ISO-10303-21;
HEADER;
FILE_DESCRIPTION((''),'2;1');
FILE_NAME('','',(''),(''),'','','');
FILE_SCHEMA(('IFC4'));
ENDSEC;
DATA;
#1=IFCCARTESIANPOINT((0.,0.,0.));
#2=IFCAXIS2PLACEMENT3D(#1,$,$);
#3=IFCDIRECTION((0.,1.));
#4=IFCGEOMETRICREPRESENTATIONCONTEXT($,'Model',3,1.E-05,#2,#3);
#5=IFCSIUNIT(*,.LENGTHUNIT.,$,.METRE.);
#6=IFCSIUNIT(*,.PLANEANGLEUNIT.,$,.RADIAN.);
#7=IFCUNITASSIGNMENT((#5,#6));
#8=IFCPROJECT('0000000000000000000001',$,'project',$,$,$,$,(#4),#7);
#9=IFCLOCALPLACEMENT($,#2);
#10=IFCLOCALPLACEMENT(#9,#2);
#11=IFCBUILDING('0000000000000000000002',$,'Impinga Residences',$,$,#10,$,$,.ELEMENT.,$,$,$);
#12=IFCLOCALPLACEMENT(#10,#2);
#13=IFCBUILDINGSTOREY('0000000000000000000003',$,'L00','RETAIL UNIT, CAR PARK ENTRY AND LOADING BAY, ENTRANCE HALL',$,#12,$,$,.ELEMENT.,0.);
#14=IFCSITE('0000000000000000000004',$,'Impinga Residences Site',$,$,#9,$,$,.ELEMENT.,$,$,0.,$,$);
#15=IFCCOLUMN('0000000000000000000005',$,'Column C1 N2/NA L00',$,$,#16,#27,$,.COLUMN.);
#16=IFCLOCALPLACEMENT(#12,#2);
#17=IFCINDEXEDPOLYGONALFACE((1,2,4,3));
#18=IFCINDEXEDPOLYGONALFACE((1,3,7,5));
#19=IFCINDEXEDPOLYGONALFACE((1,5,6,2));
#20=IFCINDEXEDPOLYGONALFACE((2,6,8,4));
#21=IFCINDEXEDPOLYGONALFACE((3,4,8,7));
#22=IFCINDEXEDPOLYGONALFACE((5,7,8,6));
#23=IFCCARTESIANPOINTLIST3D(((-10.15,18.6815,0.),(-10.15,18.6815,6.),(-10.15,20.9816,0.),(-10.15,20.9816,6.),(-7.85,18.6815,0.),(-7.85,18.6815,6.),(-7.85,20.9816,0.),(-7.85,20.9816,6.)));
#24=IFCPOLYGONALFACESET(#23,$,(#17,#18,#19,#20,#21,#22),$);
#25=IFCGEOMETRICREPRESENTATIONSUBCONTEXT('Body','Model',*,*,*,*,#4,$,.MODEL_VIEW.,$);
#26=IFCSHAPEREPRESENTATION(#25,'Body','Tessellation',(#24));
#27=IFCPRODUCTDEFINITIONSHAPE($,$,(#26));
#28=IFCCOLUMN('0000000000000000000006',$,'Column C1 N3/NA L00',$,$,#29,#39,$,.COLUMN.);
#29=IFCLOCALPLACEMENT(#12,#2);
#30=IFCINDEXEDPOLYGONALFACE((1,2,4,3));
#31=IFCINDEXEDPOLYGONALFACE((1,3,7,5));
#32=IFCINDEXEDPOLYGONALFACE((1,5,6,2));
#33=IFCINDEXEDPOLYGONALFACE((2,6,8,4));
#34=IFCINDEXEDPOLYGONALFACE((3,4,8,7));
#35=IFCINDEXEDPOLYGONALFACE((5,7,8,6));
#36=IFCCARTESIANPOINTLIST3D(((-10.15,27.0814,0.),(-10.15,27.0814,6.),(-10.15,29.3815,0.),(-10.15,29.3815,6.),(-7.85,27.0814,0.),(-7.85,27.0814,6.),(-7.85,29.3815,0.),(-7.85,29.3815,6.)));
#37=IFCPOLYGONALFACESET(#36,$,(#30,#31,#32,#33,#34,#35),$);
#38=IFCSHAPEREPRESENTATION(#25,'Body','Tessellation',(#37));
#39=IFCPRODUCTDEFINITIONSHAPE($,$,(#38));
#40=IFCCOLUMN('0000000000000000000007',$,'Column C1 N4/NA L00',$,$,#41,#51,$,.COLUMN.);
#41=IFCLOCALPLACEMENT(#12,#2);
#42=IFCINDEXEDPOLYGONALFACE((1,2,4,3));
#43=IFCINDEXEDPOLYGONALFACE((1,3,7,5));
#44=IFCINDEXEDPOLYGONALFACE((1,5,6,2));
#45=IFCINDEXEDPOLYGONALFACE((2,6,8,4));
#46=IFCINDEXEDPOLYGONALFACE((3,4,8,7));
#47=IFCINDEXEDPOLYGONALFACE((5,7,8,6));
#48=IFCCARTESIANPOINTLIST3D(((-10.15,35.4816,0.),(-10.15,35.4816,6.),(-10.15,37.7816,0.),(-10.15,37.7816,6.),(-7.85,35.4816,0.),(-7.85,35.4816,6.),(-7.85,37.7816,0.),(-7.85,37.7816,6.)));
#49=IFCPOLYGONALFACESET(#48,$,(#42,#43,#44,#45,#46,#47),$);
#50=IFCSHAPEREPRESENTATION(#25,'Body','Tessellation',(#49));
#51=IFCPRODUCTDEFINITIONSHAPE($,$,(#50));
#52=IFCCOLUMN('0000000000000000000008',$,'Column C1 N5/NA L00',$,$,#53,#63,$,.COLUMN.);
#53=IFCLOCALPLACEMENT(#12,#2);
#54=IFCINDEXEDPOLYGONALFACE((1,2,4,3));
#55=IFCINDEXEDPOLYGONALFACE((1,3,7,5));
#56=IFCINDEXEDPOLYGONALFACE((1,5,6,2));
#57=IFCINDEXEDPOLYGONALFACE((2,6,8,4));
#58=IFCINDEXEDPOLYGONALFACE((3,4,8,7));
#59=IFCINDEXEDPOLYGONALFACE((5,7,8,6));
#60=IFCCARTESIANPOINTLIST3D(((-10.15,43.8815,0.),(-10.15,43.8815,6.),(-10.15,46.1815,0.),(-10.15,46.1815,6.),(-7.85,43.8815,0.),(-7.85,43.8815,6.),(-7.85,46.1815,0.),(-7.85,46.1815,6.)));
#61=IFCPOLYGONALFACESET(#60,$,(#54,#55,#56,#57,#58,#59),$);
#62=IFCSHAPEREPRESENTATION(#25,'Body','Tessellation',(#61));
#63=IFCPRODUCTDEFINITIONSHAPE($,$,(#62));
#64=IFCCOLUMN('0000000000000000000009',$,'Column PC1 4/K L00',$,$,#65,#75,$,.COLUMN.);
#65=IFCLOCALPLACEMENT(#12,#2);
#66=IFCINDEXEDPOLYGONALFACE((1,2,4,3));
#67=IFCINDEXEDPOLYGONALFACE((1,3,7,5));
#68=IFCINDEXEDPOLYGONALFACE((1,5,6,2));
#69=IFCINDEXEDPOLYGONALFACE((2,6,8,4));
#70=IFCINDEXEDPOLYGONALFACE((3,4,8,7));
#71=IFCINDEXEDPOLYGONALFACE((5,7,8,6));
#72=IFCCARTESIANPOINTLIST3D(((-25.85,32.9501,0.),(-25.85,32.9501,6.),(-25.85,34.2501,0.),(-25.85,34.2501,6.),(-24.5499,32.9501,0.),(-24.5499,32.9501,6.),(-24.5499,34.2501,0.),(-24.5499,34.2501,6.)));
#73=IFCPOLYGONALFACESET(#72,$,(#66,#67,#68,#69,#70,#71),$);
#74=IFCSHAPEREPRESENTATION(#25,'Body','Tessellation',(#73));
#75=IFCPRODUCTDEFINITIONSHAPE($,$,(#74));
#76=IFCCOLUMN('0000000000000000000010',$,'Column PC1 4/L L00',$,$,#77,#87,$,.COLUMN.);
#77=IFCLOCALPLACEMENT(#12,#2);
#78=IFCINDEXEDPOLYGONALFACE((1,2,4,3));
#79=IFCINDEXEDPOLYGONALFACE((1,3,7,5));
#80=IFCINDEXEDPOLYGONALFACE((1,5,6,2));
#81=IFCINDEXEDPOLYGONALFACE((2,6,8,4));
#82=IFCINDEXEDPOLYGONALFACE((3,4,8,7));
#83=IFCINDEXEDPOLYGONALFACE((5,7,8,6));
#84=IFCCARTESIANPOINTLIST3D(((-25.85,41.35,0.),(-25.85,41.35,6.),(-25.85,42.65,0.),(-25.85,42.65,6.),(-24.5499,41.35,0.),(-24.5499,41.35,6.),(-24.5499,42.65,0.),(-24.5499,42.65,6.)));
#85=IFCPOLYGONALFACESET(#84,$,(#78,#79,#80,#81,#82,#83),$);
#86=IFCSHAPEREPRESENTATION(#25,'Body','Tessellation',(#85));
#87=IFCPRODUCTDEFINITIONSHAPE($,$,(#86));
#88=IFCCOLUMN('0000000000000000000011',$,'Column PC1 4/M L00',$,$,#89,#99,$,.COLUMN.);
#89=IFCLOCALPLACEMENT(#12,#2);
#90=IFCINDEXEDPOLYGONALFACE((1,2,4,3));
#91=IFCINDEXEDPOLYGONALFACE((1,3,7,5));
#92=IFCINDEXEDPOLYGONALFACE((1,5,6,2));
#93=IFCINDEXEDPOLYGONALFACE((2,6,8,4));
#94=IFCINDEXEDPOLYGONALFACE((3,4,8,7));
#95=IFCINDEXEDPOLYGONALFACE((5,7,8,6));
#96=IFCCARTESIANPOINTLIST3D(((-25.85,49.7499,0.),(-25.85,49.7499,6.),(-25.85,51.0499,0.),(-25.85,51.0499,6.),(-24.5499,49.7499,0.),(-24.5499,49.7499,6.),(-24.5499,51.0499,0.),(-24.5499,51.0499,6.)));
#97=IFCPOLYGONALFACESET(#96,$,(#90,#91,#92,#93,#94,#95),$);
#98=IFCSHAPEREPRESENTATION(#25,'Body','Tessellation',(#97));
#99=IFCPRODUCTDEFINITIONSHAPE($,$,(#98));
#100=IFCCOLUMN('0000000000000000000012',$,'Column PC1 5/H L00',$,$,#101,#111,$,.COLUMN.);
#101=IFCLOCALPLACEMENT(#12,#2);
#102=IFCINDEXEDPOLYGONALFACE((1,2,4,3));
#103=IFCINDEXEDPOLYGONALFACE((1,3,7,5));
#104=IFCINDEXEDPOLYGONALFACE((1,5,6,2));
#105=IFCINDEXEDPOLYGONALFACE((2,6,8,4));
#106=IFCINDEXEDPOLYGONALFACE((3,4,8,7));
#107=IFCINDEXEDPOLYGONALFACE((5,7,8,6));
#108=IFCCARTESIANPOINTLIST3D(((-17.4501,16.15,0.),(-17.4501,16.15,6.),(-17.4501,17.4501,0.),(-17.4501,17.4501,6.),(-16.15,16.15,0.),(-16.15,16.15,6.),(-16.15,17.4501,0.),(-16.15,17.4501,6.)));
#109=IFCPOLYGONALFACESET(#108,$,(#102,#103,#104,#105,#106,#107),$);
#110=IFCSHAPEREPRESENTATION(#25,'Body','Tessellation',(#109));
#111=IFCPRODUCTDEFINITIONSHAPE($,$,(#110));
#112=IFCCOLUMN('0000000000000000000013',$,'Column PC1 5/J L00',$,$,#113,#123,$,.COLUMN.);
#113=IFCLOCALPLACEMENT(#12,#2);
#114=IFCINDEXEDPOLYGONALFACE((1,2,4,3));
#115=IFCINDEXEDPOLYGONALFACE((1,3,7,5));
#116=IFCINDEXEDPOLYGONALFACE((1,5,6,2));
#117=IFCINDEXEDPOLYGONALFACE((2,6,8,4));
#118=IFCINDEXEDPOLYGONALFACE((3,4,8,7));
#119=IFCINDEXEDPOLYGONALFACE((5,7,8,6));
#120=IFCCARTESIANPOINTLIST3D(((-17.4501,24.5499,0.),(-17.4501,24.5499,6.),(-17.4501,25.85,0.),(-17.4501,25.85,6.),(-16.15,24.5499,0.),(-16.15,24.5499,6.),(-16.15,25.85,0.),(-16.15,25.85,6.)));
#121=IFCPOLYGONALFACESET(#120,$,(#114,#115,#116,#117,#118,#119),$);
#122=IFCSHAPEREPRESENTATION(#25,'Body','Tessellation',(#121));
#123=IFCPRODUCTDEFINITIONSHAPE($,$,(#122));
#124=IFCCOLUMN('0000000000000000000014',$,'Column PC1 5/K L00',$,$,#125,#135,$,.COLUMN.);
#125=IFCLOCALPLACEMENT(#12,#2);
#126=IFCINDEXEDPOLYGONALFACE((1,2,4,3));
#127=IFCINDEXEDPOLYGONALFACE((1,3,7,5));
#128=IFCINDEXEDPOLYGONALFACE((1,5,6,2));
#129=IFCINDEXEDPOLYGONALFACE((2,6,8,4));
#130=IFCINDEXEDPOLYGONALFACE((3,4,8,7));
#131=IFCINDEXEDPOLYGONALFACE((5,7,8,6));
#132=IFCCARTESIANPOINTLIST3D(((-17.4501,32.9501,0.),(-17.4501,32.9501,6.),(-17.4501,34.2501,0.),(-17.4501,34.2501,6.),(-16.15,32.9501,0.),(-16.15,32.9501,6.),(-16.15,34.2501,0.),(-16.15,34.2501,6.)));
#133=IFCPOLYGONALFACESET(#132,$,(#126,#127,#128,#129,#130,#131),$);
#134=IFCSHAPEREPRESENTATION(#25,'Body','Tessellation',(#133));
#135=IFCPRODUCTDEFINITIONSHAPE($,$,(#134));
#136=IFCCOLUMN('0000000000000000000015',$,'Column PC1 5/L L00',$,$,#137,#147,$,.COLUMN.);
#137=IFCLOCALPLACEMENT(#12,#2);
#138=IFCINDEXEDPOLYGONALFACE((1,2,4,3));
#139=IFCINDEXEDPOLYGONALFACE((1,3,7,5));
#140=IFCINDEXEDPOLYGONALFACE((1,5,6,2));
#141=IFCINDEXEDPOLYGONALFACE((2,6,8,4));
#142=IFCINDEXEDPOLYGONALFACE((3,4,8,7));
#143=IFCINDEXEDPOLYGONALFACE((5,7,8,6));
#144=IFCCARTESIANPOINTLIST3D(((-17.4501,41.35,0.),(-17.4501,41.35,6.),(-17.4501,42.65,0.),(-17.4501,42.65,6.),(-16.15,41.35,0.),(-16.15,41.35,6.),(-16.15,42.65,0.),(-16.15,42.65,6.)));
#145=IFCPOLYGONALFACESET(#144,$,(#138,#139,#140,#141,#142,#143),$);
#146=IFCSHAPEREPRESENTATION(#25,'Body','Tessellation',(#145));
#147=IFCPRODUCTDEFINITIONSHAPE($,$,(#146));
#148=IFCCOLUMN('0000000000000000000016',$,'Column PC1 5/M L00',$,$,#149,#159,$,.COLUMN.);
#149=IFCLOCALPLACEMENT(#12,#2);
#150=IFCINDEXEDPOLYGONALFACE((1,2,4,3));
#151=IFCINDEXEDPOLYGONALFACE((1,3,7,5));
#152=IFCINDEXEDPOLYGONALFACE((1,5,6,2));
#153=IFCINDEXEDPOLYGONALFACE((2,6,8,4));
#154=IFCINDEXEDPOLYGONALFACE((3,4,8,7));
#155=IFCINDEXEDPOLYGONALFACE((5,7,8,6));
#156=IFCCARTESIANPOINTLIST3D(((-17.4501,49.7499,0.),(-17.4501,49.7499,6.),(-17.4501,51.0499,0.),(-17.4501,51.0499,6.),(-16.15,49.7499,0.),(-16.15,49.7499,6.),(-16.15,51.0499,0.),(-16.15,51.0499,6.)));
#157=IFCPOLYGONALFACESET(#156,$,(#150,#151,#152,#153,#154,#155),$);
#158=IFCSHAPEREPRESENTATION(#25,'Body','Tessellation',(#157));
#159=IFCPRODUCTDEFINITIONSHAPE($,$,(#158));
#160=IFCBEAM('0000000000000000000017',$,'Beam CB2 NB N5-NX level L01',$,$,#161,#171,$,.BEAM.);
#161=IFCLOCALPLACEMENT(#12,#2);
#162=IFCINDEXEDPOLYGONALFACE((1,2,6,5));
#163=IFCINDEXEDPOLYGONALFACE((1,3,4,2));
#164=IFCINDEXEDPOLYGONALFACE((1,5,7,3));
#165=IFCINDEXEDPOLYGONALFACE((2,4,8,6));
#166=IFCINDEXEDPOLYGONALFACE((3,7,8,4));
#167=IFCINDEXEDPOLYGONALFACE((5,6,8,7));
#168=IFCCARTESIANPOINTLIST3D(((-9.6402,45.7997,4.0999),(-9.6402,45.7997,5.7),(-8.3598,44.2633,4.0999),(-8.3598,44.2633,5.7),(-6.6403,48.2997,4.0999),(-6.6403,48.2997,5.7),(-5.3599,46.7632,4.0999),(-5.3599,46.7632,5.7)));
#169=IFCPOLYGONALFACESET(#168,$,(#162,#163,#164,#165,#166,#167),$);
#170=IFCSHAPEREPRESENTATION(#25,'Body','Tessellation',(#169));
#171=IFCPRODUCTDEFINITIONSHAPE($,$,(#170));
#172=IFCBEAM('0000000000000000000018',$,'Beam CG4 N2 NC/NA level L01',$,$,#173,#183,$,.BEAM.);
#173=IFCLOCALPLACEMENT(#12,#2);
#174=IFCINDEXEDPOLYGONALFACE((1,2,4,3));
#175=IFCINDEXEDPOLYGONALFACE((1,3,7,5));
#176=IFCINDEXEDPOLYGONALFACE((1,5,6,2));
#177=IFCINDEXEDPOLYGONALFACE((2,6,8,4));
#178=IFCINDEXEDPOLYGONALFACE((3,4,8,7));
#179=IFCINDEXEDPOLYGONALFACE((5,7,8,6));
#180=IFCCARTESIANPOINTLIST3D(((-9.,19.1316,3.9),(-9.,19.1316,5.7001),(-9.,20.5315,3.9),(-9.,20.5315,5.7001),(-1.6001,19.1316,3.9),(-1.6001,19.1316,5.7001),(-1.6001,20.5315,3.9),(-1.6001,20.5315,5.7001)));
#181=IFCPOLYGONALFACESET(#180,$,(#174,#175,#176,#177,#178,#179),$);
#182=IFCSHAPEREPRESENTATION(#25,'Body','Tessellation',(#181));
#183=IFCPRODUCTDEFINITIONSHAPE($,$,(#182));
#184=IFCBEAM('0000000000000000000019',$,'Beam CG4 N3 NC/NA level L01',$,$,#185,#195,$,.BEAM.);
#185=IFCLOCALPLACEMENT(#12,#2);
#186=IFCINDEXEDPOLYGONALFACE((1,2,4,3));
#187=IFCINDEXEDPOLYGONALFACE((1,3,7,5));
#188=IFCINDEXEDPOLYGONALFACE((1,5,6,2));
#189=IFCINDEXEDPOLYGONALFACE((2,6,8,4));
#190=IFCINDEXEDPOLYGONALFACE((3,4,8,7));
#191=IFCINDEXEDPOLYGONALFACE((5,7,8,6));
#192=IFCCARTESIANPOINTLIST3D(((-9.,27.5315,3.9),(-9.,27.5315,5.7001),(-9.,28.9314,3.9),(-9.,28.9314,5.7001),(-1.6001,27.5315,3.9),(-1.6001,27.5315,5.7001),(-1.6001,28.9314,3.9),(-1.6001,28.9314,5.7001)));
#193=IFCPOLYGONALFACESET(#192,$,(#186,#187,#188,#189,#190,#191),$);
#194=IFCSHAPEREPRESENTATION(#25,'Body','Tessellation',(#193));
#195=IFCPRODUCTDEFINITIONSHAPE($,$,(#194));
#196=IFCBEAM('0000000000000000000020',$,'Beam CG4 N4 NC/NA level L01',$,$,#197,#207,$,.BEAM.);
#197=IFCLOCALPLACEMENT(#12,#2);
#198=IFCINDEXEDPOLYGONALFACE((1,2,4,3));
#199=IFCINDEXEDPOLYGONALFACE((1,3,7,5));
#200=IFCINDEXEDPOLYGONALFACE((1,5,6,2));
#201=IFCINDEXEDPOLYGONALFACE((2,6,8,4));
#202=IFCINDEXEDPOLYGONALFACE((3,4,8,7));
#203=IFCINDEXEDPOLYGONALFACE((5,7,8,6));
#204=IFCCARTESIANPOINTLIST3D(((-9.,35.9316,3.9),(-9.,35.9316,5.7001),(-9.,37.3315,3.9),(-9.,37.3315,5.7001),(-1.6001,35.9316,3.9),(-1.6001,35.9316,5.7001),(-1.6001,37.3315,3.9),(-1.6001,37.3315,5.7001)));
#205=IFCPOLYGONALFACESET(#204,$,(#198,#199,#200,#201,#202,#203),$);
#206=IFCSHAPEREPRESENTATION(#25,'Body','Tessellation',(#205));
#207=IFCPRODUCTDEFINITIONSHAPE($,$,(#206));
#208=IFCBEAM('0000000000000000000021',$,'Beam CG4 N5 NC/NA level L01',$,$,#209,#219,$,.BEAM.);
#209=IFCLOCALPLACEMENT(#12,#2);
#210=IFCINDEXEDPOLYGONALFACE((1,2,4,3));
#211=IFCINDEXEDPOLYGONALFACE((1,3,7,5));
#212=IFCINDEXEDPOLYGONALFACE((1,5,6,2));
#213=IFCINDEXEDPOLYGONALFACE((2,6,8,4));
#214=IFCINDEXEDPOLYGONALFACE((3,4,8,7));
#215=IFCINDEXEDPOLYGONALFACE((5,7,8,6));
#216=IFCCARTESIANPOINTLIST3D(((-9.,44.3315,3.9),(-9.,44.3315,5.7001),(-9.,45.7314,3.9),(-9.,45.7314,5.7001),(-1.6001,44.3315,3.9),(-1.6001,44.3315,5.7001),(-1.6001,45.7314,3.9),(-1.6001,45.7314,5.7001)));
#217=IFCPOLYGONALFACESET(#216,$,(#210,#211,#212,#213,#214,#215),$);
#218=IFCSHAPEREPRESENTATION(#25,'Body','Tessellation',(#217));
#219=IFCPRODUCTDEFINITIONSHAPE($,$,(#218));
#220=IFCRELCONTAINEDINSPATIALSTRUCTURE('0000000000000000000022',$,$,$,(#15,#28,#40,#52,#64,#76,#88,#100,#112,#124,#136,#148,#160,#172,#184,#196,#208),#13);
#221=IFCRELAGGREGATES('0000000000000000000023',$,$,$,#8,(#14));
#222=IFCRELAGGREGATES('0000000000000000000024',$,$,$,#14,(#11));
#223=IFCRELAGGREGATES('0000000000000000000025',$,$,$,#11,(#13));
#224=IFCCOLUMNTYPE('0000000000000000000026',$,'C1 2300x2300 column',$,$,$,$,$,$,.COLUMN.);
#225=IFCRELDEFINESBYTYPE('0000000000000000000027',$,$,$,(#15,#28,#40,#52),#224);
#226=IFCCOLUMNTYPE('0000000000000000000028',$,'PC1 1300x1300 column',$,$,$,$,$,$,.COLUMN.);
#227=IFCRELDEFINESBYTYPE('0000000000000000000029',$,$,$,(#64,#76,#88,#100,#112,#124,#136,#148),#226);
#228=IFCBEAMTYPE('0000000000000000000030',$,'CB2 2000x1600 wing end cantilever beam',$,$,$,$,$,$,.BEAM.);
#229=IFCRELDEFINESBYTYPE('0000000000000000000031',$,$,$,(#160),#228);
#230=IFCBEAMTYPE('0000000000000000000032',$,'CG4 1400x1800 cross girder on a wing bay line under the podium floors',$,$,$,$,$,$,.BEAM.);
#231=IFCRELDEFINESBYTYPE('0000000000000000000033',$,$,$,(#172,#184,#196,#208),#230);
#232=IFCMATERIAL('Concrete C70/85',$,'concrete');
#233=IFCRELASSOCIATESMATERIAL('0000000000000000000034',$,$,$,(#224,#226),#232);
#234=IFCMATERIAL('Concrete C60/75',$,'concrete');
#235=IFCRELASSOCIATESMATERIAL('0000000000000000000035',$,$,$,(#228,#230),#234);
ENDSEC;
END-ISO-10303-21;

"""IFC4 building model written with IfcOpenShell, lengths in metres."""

from ifc_helpers import new_model, si_unit, direction, frame, origin, origin_2d, place, context, subcontext, project, spatial, rectangle, extrude, material, material_profile, profile_set, type_object, element, save


model = new_model("IFC4")

# Units and contexts
model_context = context("Model", 3, precision=1e-05, world=origin(), true_north=direction((0.0, 1.0)))
body_context = subcontext(model_context, "Body", "Model", "MODEL_VIEW")
ifc_project = project(units=[si_unit("LENGTHUNIT", "METRE"), si_unit("PLANEANGLEUNIT", "RADIAN")], contexts=[model_context])

# Site, building, storey
site_placement = place(None, origin())
site = spatial("IfcSite", under=ifc_project, at=site_placement, Name="Impinga Residences Site", CompositionType="ELEMENT", RefElevation=0.0)
building_placement = place(site_placement, origin())
building = spatial("IfcBuilding", under=site, at=building_placement, Name="Impinga Residences", CompositionType="ELEMENT")
storey_placement = place(building_placement, origin())
storey = spatial("IfcBuildingStorey", under=building, at=storey_placement, Name="L00", Description="RETAIL UNIT, CAR PARK ENTRY AND LOADING BAY, ENTRANCE HALL", CompositionType="ELEMENT", Elevation=0.0)

# Columns
ifc_material_1 = material(Name="Concrete C70/85", Category="concrete")
ifc_material_profile_1 = material_profile(ifc_material_1, rectangle(XDim=2.3, YDim=2.3, at=origin_2d()), Name="RC 2300x2300")
ifc_profile_set_1 = profile_set([ifc_material_profile_1], Name="Concrete C70/85")
column_type_1 = type_object("IfcColumnType", Name="C1 2300x2300 column", PredefinedType="COLUMN", material=ifc_profile_set_1)
for number, where, z_axis, x_axis, name in (
    (1, (-9.0, 19.8315, 0.0), (0.0, 0.0, 1.0), (1.0, 0.0, 0.0), "Column C1 N2/NA L00"),
    (2, (-9.0, 28.2314, 0.0), (0.0, 0.0, 1.0), (1.0, 0.0, 0.0), "Column C1 N3/NA L00"),
    (3, (-9.0, 36.6316, 0.0), (0.0, 0.0, 1.0), (1.0, 0.0, 0.0), "Column C1 N4/NA L00"),
    (4, (-9.0, 45.0315, 0.0), (0.0, 0.0, 1.0), (1.0, 0.0, 0.0), "Column C1 N5/NA L00"),
):
    element("IfcColumn", number, at=place(storey_placement, frame(where, z_axis=z_axis, x_axis=x_axis)), inside=storey, type_object=column_type_1, Name=name, PredefinedType="COLUMN", context=body_context, shape_type="SweptSolid", body=[
        extrude(rectangle(XDim=2.3, YDim=2.3, at=origin_2d()), origin(), (0.0, 0.0, 1.0), 6.0),
    ])
ifc_material_profile_2 = material_profile(ifc_material_1, rectangle(XDim=1.3, YDim=1.3, at=origin_2d()), Name="RC 1300x1300")
ifc_profile_set_2 = profile_set([ifc_material_profile_2], Name="Concrete C70/85")
column_type_2 = type_object("IfcColumnType", Name="PC1 1300x1300 column", PredefinedType="COLUMN", material=ifc_profile_set_2)
for number, where, z_axis, x_axis, name in (
    (5, (-25.2, 33.6001, 0.0), (0.0, 0.0, 1.0), (1.0, 0.0, 0.0), "Column PC1 4/K L00"),
    (6, (-25.2, 42.0, 0.0), (0.0, 0.0, 1.0), (1.0, 0.0, 0.0), "Column PC1 4/L L00"),
    (7, (-25.2, 50.3999, 0.0), (0.0, 0.0, 1.0), (1.0, 0.0, 0.0), "Column PC1 4/M L00"),
    (8, (-16.8, 16.8, 0.0), (0.0, 0.0, 1.0), (1.0, 0.0, 0.0), "Column PC1 5/H L00"),
    (9, (-16.8, 25.2, 0.0), (0.0, 0.0, 1.0), (1.0, 0.0, 0.0), "Column PC1 5/J L00"),
    (10, (-16.8, 33.6001, 0.0), (0.0, 0.0, 1.0), (1.0, 0.0, 0.0), "Column PC1 5/K L00"),
    (11, (-16.8, 42.0, 0.0), (0.0, 0.0, 1.0), (1.0, 0.0, 0.0), "Column PC1 5/L L00"),
    (12, (-16.8, 50.3999, 0.0), (0.0, 0.0, 1.0), (1.0, 0.0, 0.0), "Column PC1 5/M L00"),
):
    element("IfcColumn", number, at=place(storey_placement, frame(where, z_axis=z_axis, x_axis=x_axis)), inside=storey, type_object=column_type_2, Name=name, PredefinedType="COLUMN", context=body_context, shape_type="SweptSolid", body=[
        extrude(rectangle(XDim=1.3, YDim=1.3, at=origin_2d()), origin(), (0.0, 0.0, 1.0), 6.0),
    ])

# Beams
ifc_material_2 = material(Name="Concrete C60/75", Category="concrete")
ifc_material_profile_3 = material_profile(ifc_material_2, rectangle(XDim=2.0, YDim=1.6001, at=origin_2d()), Name="RC 2000x1600")
ifc_profile_set_3 = profile_set([ifc_material_profile_3], Name="Concrete C60/75")
beam_type_1 = type_object("IfcBeamType", Name="CB2 2000x1600 wing end cantilever beam", PredefinedType="BEAM", material=ifc_profile_set_3)
beam_1_placement = place(storey_placement, frame((-9.0, 45.0315, 4.8999), z_axis=(0.768221, 0.640184, 0.0), x_axis=(-0.640184, 0.768221, 0.0)))
element("IfcBeam", 13, at=beam_1_placement, inside=storey, type_object=beam_type_1, Name="Beam CB2 NB N5-NX level L01", PredefinedType="BEAM", context=body_context, shape_type="SweptSolid", body=[
    extrude(rectangle(XDim=2.0, YDim=1.6001, at=origin_2d()), origin(), (0.0, 0.0, 1.0), 3.905),
])
ifc_material_profile_4 = material_profile(ifc_material_2, rectangle(XDim=1.3999, YDim=1.8, at=origin_2d()), Name="RC 1400x1800")
ifc_profile_set_4 = profile_set([ifc_material_profile_4], Name="Concrete C60/75")
beam_type_2 = type_object("IfcBeamType", Name="CG4 1400x1800 cross girder on a wing bay line under the podium floors", PredefinedType="BEAM", material=ifc_profile_set_4)
for number, where, z_axis, x_axis, name in (
    (14, (-1.6001, 19.8315, 4.8), (-1.0, 0.0, 0.0), (0.0, -1.0, 0.0), "Beam CG4 N2 NC/NA level L01"),
    (15, (-1.6001, 28.2314, 4.8), (-1.0, 0.0, 0.0), (0.0, -1.0, 0.0), "Beam CG4 N3 NC/NA level L01"),
    (16, (-1.6001, 36.6316, 4.8), (-1.0, 0.0, 0.0), (0.0, -1.0, 0.0), "Beam CG4 N4 NC/NA level L01"),
    (17, (-1.6001, 45.0315, 4.8), (-1.0, 0.0, 0.0), (0.0, -1.0, 0.0), "Beam CG4 N5 NC/NA level L01"),
):
    element("IfcBeam", number, at=place(storey_placement, frame(where, z_axis=z_axis, x_axis=x_axis)), inside=storey, type_object=beam_type_2, Name=name, PredefinedType="BEAM", context=body_context, shape_type="SweptSolid", body=[
        extrude(rectangle(XDim=1.3999, YDim=1.8, at=origin_2d()), origin(), (0.0, 0.0, 1.0), 7.3999),
    ])

save(model, "model.ifc")
